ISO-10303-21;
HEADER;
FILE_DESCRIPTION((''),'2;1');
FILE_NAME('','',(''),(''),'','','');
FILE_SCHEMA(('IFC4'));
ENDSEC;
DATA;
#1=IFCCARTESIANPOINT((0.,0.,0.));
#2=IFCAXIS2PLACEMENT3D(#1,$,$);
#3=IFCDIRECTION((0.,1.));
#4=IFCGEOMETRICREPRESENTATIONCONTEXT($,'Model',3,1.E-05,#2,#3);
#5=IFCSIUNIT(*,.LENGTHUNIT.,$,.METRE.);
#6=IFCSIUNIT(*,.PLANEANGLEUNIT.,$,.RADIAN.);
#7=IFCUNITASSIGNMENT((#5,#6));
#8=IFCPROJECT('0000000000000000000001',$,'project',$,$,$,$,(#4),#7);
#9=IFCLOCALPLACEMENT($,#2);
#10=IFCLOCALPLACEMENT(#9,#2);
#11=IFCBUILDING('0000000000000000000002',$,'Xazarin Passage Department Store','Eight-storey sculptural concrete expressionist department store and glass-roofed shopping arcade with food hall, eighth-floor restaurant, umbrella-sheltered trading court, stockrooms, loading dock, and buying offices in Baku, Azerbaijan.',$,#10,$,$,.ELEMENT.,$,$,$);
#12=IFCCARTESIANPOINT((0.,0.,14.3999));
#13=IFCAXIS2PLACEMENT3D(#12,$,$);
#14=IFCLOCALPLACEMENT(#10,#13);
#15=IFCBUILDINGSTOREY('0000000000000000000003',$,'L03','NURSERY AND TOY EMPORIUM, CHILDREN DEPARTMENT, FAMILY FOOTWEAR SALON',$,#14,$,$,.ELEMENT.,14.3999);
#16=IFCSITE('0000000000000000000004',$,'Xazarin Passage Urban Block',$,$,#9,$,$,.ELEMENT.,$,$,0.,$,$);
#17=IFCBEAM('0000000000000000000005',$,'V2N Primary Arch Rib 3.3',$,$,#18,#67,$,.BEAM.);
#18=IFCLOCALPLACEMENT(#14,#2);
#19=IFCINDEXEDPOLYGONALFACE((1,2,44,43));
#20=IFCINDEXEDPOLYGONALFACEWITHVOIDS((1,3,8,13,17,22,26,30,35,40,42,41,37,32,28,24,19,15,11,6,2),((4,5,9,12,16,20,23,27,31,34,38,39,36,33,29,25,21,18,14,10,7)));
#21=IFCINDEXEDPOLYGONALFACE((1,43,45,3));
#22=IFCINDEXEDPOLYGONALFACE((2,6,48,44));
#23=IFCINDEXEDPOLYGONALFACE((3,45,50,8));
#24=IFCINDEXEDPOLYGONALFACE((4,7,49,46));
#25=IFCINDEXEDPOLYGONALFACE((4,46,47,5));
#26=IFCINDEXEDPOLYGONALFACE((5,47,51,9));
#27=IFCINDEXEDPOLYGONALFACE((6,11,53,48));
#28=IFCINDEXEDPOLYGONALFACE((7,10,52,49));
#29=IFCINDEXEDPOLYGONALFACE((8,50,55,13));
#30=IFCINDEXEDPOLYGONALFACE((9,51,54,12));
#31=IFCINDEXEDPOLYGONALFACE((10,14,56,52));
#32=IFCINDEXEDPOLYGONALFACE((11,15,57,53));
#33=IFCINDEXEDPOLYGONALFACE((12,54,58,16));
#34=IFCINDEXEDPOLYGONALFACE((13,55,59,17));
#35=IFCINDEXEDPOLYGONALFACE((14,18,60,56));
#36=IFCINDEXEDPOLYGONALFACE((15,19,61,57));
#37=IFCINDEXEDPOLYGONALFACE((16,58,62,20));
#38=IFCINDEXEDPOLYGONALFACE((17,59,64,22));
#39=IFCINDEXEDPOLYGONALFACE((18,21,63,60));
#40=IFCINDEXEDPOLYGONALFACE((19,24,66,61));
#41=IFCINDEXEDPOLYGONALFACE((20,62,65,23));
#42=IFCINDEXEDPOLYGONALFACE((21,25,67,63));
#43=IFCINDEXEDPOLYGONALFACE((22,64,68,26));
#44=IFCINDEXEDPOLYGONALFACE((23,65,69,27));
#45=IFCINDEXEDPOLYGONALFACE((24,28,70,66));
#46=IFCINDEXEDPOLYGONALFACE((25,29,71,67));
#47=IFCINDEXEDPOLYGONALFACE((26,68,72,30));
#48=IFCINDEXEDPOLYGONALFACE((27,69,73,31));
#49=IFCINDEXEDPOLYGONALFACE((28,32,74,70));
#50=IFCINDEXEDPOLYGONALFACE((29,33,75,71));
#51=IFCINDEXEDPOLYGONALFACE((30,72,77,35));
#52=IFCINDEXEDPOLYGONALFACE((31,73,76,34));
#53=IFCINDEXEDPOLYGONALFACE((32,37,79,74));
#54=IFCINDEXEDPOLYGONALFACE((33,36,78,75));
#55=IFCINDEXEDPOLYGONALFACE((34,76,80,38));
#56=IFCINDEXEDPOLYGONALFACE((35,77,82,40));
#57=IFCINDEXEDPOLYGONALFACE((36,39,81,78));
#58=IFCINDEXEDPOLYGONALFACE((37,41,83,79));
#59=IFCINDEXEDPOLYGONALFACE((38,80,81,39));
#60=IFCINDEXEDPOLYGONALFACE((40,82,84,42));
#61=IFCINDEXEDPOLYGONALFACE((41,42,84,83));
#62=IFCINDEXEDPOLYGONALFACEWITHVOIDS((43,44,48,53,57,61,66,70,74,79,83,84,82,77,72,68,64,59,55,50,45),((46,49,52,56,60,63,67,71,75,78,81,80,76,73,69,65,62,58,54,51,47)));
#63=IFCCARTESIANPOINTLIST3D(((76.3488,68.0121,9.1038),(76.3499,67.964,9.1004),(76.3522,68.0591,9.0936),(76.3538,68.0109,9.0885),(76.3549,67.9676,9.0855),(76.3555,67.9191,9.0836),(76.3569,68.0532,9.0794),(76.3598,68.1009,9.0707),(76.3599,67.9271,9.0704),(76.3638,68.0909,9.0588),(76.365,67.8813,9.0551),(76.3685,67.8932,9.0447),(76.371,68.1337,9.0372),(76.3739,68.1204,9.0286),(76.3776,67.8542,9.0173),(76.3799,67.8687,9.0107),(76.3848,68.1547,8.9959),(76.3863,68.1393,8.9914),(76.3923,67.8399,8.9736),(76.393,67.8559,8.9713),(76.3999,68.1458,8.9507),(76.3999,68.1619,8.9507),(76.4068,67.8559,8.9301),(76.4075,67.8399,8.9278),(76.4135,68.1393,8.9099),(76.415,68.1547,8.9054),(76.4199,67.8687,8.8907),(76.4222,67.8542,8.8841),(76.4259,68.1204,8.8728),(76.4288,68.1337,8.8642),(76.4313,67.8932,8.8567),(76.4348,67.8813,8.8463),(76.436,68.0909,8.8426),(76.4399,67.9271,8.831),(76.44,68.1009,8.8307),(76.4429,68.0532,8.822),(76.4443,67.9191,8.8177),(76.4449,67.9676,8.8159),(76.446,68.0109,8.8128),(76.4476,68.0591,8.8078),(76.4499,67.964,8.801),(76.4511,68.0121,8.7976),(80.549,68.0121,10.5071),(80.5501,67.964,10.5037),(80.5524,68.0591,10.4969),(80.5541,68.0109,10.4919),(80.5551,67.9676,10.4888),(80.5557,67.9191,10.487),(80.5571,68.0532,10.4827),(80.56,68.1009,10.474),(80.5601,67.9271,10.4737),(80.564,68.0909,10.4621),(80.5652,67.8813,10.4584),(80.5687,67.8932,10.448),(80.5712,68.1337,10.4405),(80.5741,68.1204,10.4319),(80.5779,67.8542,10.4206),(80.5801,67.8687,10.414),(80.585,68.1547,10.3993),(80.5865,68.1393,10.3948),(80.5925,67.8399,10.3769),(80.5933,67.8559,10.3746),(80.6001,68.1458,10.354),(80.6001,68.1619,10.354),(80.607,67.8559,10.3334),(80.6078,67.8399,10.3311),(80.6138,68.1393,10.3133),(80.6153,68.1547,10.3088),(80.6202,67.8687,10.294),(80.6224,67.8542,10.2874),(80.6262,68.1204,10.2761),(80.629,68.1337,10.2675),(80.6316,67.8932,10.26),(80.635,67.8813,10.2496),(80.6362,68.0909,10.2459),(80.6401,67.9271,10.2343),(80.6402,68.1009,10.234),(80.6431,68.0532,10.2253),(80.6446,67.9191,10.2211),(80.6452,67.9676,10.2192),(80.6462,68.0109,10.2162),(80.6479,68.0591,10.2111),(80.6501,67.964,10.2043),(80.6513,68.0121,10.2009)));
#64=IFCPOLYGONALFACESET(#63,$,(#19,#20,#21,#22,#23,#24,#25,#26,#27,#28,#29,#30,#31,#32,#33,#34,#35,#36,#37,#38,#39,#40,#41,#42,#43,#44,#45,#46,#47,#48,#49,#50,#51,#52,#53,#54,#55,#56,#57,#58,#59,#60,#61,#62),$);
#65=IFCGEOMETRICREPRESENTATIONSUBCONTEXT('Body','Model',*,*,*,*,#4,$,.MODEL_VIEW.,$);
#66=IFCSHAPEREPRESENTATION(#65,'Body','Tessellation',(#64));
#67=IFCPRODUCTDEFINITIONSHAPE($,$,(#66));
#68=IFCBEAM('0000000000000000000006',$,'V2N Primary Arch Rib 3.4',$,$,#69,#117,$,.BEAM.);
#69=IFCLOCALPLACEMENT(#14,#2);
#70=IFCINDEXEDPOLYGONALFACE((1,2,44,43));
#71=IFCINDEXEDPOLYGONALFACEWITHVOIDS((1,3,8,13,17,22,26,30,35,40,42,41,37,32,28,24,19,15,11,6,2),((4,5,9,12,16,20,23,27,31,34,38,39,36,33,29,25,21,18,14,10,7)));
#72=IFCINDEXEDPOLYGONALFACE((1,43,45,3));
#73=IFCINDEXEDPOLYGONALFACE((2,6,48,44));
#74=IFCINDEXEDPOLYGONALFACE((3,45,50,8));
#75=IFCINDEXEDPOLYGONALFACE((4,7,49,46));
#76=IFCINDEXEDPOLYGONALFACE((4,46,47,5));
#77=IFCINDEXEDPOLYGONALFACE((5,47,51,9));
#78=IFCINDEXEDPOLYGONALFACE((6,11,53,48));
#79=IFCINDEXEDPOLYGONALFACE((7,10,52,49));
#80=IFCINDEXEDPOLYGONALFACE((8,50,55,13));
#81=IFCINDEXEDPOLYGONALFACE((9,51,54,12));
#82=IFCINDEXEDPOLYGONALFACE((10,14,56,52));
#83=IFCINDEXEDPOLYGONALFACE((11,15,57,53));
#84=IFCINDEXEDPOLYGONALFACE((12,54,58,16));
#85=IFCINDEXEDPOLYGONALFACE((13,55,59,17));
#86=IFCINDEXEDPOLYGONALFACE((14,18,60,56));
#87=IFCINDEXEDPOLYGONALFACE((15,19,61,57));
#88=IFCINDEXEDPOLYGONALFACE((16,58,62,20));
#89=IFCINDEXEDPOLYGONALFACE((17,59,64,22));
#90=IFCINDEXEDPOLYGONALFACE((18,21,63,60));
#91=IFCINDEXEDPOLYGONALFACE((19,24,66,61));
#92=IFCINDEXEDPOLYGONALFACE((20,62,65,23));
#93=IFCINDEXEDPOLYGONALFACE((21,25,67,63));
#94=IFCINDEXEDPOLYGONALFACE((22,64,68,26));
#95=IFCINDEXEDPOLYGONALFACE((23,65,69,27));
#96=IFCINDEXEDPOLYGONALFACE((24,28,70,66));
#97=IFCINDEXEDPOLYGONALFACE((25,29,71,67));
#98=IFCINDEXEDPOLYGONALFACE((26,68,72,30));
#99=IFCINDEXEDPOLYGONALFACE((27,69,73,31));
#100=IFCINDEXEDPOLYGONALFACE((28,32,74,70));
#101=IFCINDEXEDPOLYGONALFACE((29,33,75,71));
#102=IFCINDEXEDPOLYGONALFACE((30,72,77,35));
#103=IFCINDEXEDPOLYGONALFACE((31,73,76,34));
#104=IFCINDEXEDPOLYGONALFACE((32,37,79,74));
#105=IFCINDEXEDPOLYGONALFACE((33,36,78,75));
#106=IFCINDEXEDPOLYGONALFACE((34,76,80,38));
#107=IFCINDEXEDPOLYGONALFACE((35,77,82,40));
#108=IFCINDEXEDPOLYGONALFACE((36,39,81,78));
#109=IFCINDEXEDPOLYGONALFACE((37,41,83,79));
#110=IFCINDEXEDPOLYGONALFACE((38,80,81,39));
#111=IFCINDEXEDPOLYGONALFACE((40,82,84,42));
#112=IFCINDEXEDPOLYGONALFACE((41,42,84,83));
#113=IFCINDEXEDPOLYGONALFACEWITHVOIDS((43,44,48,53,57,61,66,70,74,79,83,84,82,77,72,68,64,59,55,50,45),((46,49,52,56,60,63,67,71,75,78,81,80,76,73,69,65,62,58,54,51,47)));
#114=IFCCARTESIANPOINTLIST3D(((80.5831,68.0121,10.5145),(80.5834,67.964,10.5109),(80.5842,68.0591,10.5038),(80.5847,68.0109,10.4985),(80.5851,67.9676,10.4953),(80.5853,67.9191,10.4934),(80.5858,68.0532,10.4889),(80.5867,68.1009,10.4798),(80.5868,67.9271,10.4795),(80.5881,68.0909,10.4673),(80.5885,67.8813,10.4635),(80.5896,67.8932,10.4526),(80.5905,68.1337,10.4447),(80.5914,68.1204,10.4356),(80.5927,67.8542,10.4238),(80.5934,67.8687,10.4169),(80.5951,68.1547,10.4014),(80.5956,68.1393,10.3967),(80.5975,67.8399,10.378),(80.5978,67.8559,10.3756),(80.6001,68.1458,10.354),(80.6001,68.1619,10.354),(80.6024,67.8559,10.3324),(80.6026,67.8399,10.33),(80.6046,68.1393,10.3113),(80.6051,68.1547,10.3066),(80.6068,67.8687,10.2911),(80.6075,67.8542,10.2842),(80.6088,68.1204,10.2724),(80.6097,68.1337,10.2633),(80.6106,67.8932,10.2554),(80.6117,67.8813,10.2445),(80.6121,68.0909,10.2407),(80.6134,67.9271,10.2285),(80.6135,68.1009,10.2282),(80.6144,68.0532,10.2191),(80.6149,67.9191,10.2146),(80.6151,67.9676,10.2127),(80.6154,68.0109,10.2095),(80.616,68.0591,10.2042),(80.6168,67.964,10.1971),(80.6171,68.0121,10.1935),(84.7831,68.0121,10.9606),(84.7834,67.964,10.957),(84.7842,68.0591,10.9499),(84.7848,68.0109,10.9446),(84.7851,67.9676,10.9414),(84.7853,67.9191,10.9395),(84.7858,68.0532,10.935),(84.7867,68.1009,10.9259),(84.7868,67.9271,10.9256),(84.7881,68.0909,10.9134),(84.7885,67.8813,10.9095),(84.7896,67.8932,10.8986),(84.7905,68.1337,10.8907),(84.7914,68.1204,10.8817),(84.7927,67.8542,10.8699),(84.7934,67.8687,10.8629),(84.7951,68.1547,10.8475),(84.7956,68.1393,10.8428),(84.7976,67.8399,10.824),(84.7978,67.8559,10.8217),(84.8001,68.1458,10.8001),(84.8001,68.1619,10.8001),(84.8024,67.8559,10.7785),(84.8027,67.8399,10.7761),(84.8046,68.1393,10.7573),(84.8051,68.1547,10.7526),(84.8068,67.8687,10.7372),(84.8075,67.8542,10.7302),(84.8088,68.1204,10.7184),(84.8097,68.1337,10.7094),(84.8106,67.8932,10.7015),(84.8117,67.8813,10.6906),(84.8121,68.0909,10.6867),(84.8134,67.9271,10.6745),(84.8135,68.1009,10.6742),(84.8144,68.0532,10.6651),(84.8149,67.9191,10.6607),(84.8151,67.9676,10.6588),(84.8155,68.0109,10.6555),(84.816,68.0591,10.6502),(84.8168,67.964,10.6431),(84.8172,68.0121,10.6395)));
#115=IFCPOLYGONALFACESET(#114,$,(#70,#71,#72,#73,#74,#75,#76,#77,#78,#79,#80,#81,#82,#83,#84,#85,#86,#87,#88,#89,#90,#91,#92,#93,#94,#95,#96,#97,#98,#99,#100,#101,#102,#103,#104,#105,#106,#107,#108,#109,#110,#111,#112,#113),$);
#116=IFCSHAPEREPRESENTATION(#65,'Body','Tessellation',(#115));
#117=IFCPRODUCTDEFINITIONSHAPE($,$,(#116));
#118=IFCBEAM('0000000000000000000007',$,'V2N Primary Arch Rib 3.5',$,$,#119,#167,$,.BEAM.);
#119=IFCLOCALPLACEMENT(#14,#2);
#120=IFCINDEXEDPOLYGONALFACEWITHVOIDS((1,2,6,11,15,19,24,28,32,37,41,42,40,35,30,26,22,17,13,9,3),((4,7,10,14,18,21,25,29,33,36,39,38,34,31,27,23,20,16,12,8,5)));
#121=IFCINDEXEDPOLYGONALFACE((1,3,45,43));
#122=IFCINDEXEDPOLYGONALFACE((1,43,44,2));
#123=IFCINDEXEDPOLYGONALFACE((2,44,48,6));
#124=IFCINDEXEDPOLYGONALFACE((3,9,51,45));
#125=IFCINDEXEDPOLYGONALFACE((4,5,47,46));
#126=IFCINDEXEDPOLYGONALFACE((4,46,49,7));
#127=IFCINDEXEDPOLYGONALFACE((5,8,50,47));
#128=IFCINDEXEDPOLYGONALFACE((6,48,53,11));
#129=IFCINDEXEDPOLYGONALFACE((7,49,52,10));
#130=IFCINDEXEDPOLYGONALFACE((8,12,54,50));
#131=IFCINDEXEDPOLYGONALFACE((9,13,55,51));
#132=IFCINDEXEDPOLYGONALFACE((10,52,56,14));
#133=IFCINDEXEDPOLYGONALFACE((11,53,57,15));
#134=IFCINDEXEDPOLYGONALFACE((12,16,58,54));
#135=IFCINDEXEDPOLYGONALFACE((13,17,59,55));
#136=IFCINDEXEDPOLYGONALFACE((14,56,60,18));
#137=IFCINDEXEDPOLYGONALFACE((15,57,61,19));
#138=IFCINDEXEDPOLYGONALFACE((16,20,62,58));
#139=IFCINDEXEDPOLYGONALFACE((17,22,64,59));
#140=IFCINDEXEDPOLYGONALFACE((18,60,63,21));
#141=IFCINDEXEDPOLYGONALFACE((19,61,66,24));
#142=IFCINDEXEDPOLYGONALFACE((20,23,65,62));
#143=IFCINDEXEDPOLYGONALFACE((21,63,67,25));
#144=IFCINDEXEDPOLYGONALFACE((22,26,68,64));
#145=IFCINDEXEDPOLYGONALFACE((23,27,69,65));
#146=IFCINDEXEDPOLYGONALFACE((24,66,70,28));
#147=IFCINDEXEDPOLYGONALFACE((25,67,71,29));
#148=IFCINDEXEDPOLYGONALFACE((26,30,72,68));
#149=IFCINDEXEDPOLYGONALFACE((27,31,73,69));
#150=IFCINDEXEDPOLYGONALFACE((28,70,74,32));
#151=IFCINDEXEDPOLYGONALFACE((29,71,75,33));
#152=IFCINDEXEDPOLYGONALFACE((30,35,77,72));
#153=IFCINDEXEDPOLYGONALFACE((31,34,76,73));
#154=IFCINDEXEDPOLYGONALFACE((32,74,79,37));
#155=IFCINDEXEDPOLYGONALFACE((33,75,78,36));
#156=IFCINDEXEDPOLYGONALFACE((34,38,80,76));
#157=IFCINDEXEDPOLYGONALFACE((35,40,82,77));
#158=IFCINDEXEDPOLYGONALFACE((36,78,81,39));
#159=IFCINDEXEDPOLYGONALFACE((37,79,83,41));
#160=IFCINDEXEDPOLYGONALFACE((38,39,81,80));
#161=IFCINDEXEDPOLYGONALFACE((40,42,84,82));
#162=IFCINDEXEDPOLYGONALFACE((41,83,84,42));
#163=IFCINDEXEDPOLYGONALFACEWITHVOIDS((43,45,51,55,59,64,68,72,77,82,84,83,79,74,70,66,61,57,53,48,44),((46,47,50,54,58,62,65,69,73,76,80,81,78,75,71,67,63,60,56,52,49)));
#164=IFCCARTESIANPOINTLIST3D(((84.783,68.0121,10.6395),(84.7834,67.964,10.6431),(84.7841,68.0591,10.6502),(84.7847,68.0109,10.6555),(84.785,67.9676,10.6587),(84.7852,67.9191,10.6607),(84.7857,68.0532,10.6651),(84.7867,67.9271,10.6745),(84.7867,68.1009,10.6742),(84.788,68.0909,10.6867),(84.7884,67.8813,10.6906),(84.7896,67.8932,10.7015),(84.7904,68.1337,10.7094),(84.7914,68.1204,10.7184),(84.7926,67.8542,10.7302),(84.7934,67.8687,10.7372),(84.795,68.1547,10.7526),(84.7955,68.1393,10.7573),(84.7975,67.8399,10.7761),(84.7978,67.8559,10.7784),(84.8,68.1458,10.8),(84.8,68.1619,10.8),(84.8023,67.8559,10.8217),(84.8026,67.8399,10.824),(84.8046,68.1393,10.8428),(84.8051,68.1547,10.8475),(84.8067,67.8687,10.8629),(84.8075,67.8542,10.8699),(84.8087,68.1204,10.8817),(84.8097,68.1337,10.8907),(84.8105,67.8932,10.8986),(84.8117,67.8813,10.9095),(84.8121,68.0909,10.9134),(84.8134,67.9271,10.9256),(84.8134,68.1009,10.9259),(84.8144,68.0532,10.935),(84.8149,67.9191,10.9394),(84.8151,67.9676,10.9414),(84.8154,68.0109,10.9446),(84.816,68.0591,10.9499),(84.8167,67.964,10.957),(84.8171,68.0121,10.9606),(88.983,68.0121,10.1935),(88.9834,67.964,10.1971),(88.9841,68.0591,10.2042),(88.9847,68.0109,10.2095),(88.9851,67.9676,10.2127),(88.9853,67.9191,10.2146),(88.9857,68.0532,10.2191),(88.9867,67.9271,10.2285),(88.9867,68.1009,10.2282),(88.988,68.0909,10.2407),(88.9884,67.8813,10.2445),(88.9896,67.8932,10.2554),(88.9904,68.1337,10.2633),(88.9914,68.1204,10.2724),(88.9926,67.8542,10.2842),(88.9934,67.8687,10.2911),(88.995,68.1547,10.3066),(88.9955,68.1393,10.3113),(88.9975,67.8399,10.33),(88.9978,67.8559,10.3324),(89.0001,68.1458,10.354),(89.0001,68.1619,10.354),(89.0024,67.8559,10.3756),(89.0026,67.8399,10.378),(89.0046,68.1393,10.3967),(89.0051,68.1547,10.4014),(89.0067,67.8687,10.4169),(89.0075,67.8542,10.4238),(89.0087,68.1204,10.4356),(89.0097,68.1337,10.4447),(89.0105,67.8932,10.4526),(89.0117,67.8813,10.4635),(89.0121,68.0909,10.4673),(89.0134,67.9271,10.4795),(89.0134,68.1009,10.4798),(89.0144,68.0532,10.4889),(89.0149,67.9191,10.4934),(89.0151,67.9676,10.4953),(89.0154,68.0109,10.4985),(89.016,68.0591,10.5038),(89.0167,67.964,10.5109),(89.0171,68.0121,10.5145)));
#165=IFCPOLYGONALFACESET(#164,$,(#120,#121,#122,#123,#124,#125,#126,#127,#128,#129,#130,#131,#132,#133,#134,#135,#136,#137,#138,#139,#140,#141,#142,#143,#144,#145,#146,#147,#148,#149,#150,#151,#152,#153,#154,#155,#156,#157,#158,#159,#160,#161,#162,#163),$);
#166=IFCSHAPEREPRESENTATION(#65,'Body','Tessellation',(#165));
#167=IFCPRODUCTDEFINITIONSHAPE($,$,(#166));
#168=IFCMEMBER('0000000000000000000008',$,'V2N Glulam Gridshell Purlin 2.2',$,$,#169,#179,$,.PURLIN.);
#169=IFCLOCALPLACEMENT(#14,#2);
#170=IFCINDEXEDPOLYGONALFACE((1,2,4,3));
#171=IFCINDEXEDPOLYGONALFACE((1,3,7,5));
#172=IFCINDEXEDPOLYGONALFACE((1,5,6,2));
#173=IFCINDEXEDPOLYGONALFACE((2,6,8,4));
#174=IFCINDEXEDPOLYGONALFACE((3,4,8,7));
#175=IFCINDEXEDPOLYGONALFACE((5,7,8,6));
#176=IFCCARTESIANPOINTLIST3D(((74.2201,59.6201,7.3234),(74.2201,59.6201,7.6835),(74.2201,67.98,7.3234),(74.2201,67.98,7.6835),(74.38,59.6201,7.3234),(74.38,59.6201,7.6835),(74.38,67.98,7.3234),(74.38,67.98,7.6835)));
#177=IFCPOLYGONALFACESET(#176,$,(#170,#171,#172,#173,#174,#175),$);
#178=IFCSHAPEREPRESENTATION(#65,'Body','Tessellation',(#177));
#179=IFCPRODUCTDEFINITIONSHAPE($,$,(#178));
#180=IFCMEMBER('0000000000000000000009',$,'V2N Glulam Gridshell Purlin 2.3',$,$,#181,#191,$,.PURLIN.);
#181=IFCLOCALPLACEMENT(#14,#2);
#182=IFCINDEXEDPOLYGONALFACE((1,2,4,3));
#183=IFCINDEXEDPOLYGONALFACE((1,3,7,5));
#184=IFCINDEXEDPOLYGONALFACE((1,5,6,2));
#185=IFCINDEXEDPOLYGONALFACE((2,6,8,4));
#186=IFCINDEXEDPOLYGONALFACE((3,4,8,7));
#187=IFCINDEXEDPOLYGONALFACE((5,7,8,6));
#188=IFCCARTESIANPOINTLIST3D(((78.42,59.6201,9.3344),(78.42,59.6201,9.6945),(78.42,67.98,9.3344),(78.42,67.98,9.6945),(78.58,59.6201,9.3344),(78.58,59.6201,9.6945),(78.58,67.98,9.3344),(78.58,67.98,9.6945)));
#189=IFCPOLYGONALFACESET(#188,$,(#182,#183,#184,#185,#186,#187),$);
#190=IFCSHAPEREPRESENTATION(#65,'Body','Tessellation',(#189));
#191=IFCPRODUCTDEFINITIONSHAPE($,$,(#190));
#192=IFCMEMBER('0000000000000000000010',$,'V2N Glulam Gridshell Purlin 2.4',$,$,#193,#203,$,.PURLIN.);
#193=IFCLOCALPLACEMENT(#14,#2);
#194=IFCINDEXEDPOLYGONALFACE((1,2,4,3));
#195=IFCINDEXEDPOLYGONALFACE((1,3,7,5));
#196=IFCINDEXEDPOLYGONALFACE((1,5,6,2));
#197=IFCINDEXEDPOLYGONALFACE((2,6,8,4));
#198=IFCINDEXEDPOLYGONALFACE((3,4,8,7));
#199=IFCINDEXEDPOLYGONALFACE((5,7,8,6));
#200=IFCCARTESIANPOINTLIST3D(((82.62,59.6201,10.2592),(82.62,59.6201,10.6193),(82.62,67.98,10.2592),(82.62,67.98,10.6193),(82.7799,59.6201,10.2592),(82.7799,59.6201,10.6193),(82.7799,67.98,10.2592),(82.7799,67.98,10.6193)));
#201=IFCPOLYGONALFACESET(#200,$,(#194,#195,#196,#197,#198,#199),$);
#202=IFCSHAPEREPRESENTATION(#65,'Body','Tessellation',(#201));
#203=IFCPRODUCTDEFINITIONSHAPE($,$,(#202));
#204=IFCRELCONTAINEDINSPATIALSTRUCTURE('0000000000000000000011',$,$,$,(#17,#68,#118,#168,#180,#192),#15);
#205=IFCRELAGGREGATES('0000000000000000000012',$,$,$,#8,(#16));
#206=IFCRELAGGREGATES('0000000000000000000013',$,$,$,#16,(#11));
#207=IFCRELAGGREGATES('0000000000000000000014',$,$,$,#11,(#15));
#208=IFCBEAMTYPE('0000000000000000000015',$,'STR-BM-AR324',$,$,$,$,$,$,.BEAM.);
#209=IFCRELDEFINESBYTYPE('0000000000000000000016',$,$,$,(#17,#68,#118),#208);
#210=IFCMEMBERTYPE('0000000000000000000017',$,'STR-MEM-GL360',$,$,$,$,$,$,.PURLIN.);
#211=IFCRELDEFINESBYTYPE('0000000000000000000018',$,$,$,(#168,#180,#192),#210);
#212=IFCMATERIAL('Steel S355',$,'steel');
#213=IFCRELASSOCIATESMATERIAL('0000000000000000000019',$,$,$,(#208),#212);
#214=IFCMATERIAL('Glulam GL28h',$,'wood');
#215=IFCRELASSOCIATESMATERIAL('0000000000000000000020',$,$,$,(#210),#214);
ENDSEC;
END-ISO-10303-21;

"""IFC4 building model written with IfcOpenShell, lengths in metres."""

from ifc_helpers import new_model, si_unit, direction, frame, origin, origin_2d, place, context, subcontext, project, spatial, rectangle, hollow_circle, extrude, material, material_profile, profile_set, type_object, element, save


model = new_model("IFC4")

# Units and contexts
model_context = context("Model", 3, precision=1e-05, world=origin(), true_north=direction((0.0, 1.0)))
body_context = subcontext(model_context, "Body", "Model", "MODEL_VIEW")
ifc_project = project(units=[si_unit("LENGTHUNIT", "METRE"), si_unit("PLANEANGLEUNIT", "RADIAN")], contexts=[model_context])

# Site, building, storey
site_placement = place(None, origin())
site = spatial("IfcSite", under=ifc_project, at=site_placement, Name="Xazarin Passage Urban Block", CompositionType="ELEMENT", RefElevation=0.0)
building_placement = place(site_placement, origin())
building = spatial("IfcBuilding", under=site, at=building_placement, Name="Xazarin Passage Department Store", Description="Eight-storey sculptural concrete expressionist department store and glass-roofed shopping arcade with food hall, eighth-floor restaurant, umbrella-sheltered trading court, stockrooms, loading dock, and buying offices in Baku, Azerbaijan.", CompositionType="ELEMENT")
storey_placement = place(building_placement, frame((0.0, 0.0, 14.3999)))
storey = spatial("IfcBuildingStorey", under=building, at=storey_placement, Name="L03", Description="NURSERY AND TOY EMPORIUM, CHILDREN DEPARTMENT, FAMILY FOOTWEAR SALON", CompositionType="ELEMENT", Elevation=14.3999)

# Beams
ifc_material_1 = material(Name="Steel S355", Category="steel")
ifc_material_profile_1 = material_profile(ifc_material_1, hollow_circle(Radius=0.1619, WallThickness=0.0161, at=origin_2d()), Name="CHS 323.9x16")
ifc_profile_set_1 = profile_set([ifc_material_profile_1], Name="Steel S355")
beam_type = type_object("IfcBeamType", Name="STR-BM-AR324", PredefinedType="BEAM", material=ifc_profile_set_1)
beam_1_placement = place(storey_placement, frame((76.3999, 68.0, 8.9507), z_axis=(0.948463, 0.0, 0.316889), x_axis=(0.0, 1.0, 0.0)))
element("IfcBeam", 1, at=beam_1_placement, inside=storey, type_object=beam_type, Name="V2N Primary Arch Rib 3.3", PredefinedType="BEAM", context=body_context, shape_type="SweptSolid", body=[
    extrude(hollow_circle(Radius=0.1619, WallThickness=0.0161, at=origin_2d()), origin(), (0.0, 0.0, 1.0), 4.4285),
])
for number, where, z_axis, x_axis, name in (
    (2, (80.6001, 68.0, 10.354), (0.994408, 0.0, 0.105608), (0.0, 1.0, 0.0), "V2N Primary Arch Rib 3.4"),
    (3, (84.8, 68.0, 10.8), (0.994408, 0.0, -0.105608), (0.0, 1.0, 0.0), "V2N Primary Arch Rib 3.5"),
):
    element("IfcBeam", number, at=place(storey_placement, frame(where, z_axis=z_axis, x_axis=x_axis)), inside=storey, type_object=beam_type, Name=name, PredefinedType="BEAM", context=body_context, shape_type="SweptSolid", body=[
        extrude(hollow_circle(Radius=0.1619, WallThickness=0.0161, at=origin_2d()), origin(), (0.0, 0.0, 1.0), 4.2236),
    ])

# Members
ifc_material_2 = material(Name="Glulam GL28h", Category="wood")
ifc_material_profile_2 = material_profile(ifc_material_2, rectangle(XDim=0.1599, YDim=0.3601, at=origin_2d()), Name="GL28h 160x360")
ifc_profile_set_2 = profile_set([ifc_material_profile_2], Name="Glulam GL28h")
member_type_1 = type_object("IfcMemberType", Name="STR-MEM-GL360", PredefinedType="PURLIN", material=ifc_profile_set_2)
for number, where, z_axis, x_axis, name in (
    (4, (74.3, 59.6201, 7.5034), (0.0, 1.0, 0.0), (-1.0, 0.0, 0.0), "V2N Glulam Gridshell Purlin 2.2"),
    (5, (78.5, 59.6201, 9.5144), (0.0, 1.0, 0.0), (-1.0, 0.0, 0.0), "V2N Glulam Gridshell Purlin 2.3"),
    (6, (82.7, 59.6201, 10.4392), (0.0, 1.0, 0.0), (-1.0, 0.0, 0.0), "V2N Glulam Gridshell Purlin 2.4"),
):
    element("IfcMember", number, at=place(storey_placement, frame(where, z_axis=z_axis, x_axis=x_axis)), inside=storey, type_object=member_type_1, Name=name, PredefinedType="PURLIN", context=body_context, shape_type="SweptSolid", body=[
        extrude(rectangle(XDim=0.1599, YDim=0.3601, at=origin_2d()), origin(), (0.0, 0.0, 1.0), 8.3599),
    ])

save(model, "model.ifc")
